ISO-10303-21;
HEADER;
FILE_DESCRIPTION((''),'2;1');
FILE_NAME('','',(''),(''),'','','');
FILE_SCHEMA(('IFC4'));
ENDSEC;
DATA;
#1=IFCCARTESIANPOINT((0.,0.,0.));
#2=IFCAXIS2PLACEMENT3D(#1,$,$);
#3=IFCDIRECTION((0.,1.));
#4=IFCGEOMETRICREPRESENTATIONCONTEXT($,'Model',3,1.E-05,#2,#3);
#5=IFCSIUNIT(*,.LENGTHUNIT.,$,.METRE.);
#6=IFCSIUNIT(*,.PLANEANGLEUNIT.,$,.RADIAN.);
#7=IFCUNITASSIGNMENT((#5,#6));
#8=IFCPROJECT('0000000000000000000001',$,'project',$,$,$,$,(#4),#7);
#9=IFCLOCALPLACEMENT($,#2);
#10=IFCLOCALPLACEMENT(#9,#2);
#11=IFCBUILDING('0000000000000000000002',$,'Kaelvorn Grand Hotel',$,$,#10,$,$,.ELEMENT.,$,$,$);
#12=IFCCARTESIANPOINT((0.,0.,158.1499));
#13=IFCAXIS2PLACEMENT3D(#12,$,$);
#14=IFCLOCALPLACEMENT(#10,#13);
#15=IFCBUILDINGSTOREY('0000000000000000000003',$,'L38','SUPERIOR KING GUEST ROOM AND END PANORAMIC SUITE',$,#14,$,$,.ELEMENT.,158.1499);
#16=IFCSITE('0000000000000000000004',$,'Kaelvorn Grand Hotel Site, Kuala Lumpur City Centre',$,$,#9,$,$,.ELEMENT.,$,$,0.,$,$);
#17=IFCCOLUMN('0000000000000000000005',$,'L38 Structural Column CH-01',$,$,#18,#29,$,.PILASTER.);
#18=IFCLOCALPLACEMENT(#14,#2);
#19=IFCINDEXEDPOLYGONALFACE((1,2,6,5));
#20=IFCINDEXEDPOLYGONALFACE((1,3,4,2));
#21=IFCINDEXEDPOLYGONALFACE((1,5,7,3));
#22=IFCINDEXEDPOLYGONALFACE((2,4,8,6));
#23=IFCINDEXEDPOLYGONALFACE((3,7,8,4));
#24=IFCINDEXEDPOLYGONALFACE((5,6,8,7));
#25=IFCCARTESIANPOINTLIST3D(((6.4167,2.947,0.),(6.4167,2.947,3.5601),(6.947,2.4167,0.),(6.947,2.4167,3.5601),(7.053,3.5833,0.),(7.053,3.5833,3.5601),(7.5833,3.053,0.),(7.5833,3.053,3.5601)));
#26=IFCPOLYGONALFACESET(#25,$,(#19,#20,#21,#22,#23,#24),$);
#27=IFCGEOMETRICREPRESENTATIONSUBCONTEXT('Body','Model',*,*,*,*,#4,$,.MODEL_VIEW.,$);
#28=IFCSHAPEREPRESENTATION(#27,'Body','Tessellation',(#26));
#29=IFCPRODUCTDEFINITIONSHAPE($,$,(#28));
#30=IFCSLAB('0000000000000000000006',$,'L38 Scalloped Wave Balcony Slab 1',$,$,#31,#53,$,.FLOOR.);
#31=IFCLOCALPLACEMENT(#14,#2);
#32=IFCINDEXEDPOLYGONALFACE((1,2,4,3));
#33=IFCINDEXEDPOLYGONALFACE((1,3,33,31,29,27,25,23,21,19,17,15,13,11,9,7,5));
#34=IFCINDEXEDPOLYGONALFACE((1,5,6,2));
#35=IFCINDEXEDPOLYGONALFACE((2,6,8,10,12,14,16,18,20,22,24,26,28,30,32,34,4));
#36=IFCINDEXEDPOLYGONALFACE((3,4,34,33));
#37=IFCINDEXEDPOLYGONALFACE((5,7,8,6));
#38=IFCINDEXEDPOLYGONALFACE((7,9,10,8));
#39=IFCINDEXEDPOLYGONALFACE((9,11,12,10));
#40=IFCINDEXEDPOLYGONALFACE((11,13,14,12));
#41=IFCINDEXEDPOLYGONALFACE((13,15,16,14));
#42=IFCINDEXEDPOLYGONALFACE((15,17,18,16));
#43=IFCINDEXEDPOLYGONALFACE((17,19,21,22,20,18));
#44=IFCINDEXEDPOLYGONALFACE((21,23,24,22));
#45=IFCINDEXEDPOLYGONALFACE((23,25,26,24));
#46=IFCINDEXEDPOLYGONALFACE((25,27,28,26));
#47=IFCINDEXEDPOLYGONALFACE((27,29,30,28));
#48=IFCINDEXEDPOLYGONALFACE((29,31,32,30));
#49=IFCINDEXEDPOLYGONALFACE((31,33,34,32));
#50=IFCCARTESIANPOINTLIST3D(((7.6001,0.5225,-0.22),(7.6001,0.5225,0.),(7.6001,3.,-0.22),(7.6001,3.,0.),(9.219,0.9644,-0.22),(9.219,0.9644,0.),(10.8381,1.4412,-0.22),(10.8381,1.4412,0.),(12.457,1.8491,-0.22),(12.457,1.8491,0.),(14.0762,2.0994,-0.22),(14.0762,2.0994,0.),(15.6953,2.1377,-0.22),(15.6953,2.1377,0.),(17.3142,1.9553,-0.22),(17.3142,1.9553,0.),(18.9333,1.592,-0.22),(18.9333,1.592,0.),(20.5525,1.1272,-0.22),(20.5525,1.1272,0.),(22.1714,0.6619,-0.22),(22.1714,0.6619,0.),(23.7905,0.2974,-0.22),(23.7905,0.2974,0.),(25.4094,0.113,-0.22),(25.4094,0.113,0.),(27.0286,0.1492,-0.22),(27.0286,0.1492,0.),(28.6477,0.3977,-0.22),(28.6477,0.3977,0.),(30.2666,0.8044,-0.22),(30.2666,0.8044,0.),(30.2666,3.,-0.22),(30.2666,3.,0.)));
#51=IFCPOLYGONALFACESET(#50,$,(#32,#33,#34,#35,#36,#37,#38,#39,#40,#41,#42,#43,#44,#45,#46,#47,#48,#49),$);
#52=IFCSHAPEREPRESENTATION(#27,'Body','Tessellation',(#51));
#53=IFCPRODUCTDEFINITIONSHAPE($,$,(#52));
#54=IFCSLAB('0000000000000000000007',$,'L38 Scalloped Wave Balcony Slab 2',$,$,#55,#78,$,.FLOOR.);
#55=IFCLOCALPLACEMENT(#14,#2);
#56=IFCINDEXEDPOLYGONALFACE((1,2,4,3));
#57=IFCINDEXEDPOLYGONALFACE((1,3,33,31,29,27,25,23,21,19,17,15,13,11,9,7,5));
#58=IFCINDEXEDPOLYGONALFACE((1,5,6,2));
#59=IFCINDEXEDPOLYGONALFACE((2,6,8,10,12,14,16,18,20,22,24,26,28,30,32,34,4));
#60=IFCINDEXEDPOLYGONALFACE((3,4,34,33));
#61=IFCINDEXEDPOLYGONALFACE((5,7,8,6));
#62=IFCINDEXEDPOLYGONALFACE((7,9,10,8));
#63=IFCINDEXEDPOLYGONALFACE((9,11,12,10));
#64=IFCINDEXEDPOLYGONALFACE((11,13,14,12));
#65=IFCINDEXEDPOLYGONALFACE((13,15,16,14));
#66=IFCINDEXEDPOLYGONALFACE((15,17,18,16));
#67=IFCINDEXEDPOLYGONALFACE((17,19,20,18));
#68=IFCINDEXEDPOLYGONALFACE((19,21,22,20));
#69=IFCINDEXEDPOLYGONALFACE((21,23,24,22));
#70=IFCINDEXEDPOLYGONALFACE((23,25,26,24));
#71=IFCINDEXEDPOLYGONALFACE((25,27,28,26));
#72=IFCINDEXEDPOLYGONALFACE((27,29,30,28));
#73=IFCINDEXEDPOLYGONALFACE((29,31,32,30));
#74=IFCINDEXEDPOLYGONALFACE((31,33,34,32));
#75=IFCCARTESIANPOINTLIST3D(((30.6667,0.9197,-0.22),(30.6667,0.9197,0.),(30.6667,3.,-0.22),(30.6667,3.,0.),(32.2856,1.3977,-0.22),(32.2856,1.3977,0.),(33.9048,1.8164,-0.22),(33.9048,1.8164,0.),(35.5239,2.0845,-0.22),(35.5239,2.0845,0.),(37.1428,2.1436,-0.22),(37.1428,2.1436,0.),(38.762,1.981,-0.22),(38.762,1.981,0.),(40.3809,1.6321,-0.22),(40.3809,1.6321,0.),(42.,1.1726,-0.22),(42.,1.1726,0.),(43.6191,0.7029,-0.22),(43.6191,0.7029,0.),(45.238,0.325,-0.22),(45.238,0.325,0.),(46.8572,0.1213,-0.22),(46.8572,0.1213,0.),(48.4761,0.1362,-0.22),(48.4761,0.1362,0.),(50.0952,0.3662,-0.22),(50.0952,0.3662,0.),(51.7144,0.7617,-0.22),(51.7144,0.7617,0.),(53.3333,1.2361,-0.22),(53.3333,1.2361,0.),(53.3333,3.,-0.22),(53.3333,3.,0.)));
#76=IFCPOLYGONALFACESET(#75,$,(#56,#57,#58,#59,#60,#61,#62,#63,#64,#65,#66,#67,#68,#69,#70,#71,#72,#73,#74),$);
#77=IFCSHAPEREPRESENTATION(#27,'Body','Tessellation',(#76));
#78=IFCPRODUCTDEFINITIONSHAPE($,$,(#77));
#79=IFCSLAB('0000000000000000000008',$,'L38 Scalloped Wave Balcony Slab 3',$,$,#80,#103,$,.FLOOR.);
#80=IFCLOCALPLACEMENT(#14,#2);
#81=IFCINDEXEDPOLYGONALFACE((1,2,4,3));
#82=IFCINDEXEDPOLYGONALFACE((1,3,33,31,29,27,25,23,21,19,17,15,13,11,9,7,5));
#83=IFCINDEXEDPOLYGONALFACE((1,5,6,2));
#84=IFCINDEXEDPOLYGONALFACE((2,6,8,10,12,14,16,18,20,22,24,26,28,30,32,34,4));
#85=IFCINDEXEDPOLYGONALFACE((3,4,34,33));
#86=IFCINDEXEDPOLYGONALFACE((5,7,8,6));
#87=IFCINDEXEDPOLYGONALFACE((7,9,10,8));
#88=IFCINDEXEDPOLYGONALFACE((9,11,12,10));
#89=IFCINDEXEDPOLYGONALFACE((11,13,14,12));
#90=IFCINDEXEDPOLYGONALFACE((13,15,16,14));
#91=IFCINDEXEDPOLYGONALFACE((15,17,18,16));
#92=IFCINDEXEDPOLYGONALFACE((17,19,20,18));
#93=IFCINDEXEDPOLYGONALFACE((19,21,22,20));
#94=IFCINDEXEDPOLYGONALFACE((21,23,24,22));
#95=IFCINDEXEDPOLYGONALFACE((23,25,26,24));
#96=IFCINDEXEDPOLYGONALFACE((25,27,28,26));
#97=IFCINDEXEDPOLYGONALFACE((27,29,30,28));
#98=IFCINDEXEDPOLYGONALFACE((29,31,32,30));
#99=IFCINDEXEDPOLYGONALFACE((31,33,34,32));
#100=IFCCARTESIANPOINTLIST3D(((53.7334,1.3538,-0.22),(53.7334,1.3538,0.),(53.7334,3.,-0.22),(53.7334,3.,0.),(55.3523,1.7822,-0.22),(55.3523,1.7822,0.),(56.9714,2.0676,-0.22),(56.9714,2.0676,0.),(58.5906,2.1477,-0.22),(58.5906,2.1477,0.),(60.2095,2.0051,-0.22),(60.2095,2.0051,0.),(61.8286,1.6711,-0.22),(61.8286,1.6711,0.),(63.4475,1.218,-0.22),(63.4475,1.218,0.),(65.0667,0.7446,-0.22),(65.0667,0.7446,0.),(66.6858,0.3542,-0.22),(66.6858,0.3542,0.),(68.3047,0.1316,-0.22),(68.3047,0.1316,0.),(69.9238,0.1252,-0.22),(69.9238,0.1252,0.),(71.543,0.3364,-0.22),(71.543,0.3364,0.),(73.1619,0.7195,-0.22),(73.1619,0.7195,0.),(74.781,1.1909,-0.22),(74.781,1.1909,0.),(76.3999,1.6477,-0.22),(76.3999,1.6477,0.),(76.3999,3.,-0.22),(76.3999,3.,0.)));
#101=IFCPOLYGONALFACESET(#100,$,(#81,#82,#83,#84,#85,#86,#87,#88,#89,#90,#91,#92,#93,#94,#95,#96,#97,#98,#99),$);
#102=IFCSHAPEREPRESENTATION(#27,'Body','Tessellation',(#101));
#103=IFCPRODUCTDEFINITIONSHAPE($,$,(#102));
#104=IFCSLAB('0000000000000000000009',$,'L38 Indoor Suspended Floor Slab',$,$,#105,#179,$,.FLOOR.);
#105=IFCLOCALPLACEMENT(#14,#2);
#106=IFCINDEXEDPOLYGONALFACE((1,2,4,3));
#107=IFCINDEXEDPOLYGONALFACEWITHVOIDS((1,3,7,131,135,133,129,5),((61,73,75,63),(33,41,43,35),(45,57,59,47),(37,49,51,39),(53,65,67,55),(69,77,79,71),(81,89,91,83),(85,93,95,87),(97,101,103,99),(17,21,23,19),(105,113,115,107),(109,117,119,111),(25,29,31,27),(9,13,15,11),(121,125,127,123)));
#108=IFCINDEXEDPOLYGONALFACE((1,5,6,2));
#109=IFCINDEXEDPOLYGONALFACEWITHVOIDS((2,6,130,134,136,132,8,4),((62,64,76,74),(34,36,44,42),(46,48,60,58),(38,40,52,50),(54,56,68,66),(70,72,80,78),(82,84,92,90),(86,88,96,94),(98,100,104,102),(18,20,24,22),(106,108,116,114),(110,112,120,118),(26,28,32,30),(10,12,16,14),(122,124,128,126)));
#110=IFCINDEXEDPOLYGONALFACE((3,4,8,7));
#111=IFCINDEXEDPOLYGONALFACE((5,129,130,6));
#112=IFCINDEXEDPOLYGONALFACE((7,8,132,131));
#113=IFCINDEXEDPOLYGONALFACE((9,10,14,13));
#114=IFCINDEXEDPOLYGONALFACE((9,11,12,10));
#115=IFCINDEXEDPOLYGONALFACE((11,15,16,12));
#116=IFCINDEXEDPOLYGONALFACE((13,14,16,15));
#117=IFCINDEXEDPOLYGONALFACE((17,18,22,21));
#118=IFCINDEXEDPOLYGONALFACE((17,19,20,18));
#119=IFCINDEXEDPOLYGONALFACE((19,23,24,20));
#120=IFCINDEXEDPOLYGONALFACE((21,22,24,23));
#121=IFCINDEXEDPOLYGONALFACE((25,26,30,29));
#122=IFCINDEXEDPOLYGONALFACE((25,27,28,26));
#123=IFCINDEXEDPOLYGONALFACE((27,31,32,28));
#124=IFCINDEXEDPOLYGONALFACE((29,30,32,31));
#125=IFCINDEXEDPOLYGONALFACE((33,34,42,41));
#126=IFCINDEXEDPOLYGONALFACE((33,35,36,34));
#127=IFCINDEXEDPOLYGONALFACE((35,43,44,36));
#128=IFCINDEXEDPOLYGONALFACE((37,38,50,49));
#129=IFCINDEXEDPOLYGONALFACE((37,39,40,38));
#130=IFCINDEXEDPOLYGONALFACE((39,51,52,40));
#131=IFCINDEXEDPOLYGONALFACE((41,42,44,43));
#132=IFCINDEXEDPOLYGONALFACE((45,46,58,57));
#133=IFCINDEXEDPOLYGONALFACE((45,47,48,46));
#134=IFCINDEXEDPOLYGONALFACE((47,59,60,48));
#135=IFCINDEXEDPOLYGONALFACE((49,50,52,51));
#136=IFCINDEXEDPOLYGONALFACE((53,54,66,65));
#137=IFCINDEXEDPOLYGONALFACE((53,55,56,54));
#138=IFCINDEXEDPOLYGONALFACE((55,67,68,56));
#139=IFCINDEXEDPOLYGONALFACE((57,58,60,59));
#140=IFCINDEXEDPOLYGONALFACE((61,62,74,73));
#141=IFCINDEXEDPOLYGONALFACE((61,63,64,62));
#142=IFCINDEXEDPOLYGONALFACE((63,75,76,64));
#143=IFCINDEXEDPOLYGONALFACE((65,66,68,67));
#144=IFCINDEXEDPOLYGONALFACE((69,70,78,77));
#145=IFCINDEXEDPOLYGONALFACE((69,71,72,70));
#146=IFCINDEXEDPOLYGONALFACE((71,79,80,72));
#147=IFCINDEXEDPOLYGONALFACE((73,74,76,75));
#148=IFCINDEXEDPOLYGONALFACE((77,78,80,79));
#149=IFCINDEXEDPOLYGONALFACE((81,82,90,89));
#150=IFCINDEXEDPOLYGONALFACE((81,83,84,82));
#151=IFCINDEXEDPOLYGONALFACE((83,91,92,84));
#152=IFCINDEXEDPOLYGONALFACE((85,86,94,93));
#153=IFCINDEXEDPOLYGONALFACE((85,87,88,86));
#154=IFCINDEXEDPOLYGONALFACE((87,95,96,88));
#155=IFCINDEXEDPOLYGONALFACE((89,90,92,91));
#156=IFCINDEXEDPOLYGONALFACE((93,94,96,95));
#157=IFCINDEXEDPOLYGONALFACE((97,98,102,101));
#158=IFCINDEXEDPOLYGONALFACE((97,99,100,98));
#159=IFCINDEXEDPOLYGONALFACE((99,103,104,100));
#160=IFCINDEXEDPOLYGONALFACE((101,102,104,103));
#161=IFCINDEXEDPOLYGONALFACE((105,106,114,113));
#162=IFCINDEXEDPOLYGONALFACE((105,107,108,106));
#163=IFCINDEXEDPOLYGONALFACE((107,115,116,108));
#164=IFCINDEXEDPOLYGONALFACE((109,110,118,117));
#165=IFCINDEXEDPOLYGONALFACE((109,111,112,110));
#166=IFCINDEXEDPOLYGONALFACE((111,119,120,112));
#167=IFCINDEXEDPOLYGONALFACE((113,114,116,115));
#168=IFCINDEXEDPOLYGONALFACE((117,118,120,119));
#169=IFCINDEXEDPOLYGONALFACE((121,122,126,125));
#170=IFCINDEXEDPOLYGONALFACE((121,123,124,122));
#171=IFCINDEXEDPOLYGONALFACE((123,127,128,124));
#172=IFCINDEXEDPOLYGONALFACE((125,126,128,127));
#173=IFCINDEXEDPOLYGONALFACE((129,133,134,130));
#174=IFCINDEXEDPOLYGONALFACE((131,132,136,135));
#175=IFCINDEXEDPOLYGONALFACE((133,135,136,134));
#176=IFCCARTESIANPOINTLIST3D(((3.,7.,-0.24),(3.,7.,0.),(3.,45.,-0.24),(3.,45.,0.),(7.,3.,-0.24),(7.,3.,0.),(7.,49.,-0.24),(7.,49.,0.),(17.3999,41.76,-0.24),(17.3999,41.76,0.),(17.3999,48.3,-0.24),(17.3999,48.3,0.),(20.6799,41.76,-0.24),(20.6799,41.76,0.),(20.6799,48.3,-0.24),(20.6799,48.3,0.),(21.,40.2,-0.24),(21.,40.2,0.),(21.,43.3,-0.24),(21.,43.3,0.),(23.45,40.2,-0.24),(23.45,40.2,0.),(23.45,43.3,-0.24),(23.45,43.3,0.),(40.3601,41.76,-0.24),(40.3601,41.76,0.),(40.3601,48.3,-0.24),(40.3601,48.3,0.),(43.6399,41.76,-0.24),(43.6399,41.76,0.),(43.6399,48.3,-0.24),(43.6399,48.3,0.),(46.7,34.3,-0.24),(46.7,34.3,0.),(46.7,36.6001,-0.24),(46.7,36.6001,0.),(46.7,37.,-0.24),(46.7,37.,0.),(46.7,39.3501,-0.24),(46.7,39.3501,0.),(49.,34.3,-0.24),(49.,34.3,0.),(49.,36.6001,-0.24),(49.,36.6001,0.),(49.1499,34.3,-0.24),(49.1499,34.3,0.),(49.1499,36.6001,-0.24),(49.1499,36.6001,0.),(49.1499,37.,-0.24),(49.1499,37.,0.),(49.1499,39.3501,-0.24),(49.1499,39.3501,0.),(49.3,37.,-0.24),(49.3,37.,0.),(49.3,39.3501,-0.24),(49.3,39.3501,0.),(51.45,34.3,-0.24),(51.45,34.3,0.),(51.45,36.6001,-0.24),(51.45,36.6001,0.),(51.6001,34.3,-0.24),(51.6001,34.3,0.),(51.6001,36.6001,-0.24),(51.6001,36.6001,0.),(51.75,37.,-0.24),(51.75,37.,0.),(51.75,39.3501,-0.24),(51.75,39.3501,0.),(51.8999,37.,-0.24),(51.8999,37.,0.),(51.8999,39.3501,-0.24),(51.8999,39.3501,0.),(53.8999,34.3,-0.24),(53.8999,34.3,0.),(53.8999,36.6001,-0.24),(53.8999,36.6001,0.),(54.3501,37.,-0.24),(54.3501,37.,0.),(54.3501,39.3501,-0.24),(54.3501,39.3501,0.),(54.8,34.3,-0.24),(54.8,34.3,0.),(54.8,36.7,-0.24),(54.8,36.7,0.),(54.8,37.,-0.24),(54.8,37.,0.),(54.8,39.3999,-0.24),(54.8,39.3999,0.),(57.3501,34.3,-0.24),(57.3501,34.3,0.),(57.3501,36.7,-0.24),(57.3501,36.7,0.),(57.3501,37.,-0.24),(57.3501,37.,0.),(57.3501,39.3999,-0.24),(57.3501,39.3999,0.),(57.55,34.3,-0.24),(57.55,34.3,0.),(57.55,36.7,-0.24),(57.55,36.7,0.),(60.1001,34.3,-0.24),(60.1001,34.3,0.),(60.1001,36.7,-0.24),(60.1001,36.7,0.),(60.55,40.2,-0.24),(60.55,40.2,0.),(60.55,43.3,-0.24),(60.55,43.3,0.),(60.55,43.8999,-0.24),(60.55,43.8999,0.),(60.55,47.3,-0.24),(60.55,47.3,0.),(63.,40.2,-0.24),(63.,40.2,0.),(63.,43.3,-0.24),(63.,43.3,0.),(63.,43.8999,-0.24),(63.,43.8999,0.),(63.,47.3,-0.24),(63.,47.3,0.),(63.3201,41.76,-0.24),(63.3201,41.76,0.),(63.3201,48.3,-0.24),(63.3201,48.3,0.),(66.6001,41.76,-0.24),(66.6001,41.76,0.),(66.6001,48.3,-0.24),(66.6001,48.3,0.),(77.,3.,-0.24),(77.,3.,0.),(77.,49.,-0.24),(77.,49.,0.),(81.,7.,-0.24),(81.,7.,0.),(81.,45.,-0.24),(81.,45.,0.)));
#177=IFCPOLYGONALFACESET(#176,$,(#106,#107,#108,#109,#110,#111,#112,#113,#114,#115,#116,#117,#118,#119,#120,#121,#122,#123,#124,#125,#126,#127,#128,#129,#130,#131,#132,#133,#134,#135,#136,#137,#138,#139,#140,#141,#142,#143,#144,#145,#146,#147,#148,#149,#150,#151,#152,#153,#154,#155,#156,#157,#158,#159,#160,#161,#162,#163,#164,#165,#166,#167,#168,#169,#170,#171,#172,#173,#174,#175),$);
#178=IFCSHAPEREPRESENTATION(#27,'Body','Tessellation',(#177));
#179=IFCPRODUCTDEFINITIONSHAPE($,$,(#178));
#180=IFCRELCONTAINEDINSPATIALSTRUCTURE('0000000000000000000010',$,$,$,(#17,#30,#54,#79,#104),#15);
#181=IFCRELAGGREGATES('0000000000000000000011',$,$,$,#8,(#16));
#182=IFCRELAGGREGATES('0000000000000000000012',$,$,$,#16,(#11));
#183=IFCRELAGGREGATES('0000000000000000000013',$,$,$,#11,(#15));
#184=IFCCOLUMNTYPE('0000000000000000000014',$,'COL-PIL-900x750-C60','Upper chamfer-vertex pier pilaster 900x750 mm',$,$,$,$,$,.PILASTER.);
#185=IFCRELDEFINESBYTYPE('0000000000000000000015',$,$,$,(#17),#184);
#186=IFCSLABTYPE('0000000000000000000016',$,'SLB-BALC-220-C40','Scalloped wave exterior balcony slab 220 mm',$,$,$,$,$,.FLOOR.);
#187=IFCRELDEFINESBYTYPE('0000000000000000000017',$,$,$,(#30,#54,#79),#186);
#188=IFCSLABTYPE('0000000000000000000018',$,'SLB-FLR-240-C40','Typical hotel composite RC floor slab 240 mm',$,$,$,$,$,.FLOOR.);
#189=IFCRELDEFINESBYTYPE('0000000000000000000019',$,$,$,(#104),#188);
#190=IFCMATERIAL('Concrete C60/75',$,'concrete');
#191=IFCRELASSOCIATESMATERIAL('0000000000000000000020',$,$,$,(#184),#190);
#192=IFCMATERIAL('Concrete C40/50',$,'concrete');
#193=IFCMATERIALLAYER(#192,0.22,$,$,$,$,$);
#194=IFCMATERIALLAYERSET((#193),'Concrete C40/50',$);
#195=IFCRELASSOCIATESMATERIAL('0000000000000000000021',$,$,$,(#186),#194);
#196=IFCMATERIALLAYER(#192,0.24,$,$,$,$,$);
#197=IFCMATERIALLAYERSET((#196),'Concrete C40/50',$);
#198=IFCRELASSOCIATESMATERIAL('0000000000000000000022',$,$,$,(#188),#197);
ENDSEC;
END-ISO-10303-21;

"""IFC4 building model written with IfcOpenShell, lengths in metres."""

from ifc_helpers import new_model, si_unit, direction, frame, origin, origin_2d, place, context, subcontext, project, spatial, polyline, rectangle, outline, extrude, material, layer, layer_set, material_profile, profile_set, type_object, element, save


model = new_model("IFC4")

# Units and contexts
model_context = context("Model", 3, precision=1e-05, world=origin(), true_north=direction((0.0, 1.0)))
body_context = subcontext(model_context, "Body", "Model", "MODEL_VIEW")
ifc_project = project(units=[si_unit("LENGTHUNIT", "METRE"), si_unit("PLANEANGLEUNIT", "RADIAN")], contexts=[model_context])

# Site, building, storey
site_placement = place(None, origin())
site = spatial("IfcSite", under=ifc_project, at=site_placement, Name="Kaelvorn Grand Hotel Site, Kuala Lumpur City Centre", CompositionType="ELEMENT", RefElevation=0.0)
building_placement = place(site_placement, origin())
building = spatial("IfcBuilding", under=site, at=building_placement, Name="Kaelvorn Grand Hotel", CompositionType="ELEMENT")
storey_placement = place(building_placement, frame((0.0, 0.0, 158.1499)))
storey = spatial("IfcBuildingStorey", under=building, at=storey_placement, Name="L38", Description="SUPERIOR KING GUEST ROOM AND END PANORAMIC SUITE", CompositionType="ELEMENT", Elevation=158.1499)

# Column
ifc_material_1 = material(Name="Concrete C60/75", Category="concrete")
ifc_material_profile = material_profile(ifc_material_1, rectangle(XDim=0.8999, YDim=0.75, at=origin_2d()), Name="RC PILASTER 900x750")
ifc_profile_set = profile_set([ifc_material_profile], Name="Concrete C60/75")
column_type = type_object("IfcColumnType", Name="COL-PIL-900x750-C60", Description="Upper chamfer-vertex pier pilaster 900x750 mm", PredefinedType="PILASTER", material=ifc_profile_set)
column_placement = place(storey_placement, frame((7.0, 3.0, 0.0), z_axis=(0.0, 0.0, 1.0), x_axis=(0.707107, 0.707107, 0.0)))
element("IfcColumn", 1, at=column_placement, inside=storey, type_object=column_type, Name="L38 Structural Column CH-01", PredefinedType="PILASTER", context=body_context, shape_type="SweptSolid", body=[
    extrude(rectangle(XDim=0.8999, YDim=0.75, at=origin_2d()), origin(), (0.0, 0.0, 1.0), 3.5601),
])

# Slabs
ifc_material_2 = material(Name="Concrete C40/50", Category="concrete")
ifc_layer_1 = layer(ifc_material_2, 0.22)
ifc_layer_set_1 = layer_set([ifc_layer_1], Name="Concrete C40/50")
slab_type_1 = type_object("IfcSlabType", Name="SLB-BALC-220-C40", Description="Scalloped wave exterior balcony slab 220 mm", PredefinedType="FLOOR", material=ifc_layer_set_1)
slab_1_placement = place(storey_placement, frame((0.0, 0.0, -0.22)))
element("IfcSlab", 2, at=slab_1_placement, inside=storey, type_object=slab_type_1, Name="L38 Scalloped Wave Balcony Slab 1", PredefinedType="FLOOR", context=body_context, shape_type="SweptSolid", body=[
    extrude(outline(polyline([(7.6001, 0.5225), (9.219, 0.9644), (10.8381, 1.4412), (12.457, 1.8491), (14.0762, 2.0994), (15.6953, 2.1377), (17.3142, 1.9553), (18.9333, 1.592), (20.5525, 1.1272), (22.1714, 0.6619), (23.7905, 0.2974), (25.4094, 0.113), (27.0286, 0.1492), (28.6477, 0.3977), (30.2666, 0.8044), (30.2666, 3.0), (7.6001, 3.0), (7.6001, 0.5225)])), origin(), (0.0, 0.0, 1.0), 0.22),
])
slab_2_placement = place(storey_placement, frame((0.0, 0.0, -0.22)))
element("IfcSlab", 3, at=slab_2_placement, inside=storey, type_object=slab_type_1, Name="L38 Scalloped Wave Balcony Slab 2", PredefinedType="FLOOR", context=body_context, shape_type="SweptSolid", body=[
    extrude(outline(polyline([(30.6667, 0.9197), (32.2856, 1.3977), (33.9048, 1.8164), (35.5239, 2.0845), (37.1428, 2.1436), (38.762, 1.981), (40.3809, 1.6321), (42.0, 1.1726), (43.6191, 0.7029), (45.238, 0.325), (46.8572, 0.1213), (48.4761, 0.1362), (50.0952, 0.3662), (51.7144, 0.7617), (53.3333, 1.2361), (53.3333, 3.0), (30.6667, 3.0), (30.6667, 0.9197)])), origin(), (0.0, 0.0, 1.0), 0.22),
])
slab_3_placement = place(storey_placement, frame((0.0, 0.0, -0.22)))
element("IfcSlab", 4, at=slab_3_placement, inside=storey, type_object=slab_type_1, Name="L38 Scalloped Wave Balcony Slab 3", PredefinedType="FLOOR", context=body_context, shape_type="SweptSolid", body=[
    extrude(outline(polyline([(53.7334, 1.3538), (55.3523, 1.7822), (56.9714, 2.0676), (58.5906, 2.1477), (60.2095, 2.0051), (61.8286, 1.6711), (63.4475, 1.218), (65.0667, 0.7446), (66.6858, 0.3542), (68.3047, 0.1316), (69.9238, 0.1252), (71.543, 0.3364), (73.1619, 0.7195), (74.781, 1.1909), (76.3999, 1.6477), (76.3999, 3.0), (53.7334, 3.0), (53.7334, 1.3538)])), origin(), (0.0, 0.0, 1.0), 0.22),
])
ifc_layer_2 = layer(ifc_material_2, 0.24)
ifc_layer_set_2 = layer_set([ifc_layer_2], Name="Concrete C40/50")
slab_type_2 = type_object("IfcSlabType", Name="SLB-FLR-240-C40", Description="Typical hotel composite RC floor slab 240 mm", PredefinedType="FLOOR", material=ifc_layer_set_2)
slab_4_placement = place(storey_placement, frame((0.0, 0.0, -0.24)))
element("IfcSlab", 5, at=slab_4_placement, inside=storey, type_object=slab_type_2, Name="L38 Indoor Suspended Floor Slab", PredefinedType="FLOOR", context=body_context, shape_type="SweptSolid", body=[
    extrude(outline(polyline([(7.0, 3.0), (77.0, 3.0), (81.0, 7.0), (81.0, 45.0), (77.0, 49.0), (7.0, 49.0), (3.0, 45.0), (3.0, 7.0), (7.0, 3.0)]), holes=[polyline([(17.3999, 41.76), (17.3999, 48.3), (20.6799, 48.3), (20.6799, 41.76), (17.3999, 41.76)]), polyline([(40.3601, 41.76), (40.3601, 48.3), (43.6399, 48.3), (43.6399, 41.76), (40.3601, 41.76)]), polyline([(63.3201, 41.76), (63.3201, 48.3), (66.6001, 48.3), (66.6001, 41.76), (63.3201, 41.76)]), polyline([(46.7, 34.3), (46.7, 36.6001), (49.0, 36.6001), (49.0, 34.3), (46.7, 34.3)]), polyline([(49.1499, 34.3), (49.1499, 36.6001), (51.45, 36.6001), (51.45, 34.3), (49.1499, 34.3)]), polyline([(51.6001, 34.3), (51.6001, 36.6001), (53.8999, 36.6001), (53.8999, 34.3), (51.6001, 34.3)]), polyline([(46.7, 37.0), (46.7, 39.3501), (49.1499, 39.3501), (49.1499, 37.0), (46.7, 37.0)]), polyline([(49.3, 37.0), (49.3, 39.3501), (51.75, 39.3501), (51.75, 37.0), (49.3, 37.0)]), polyline([(51.8999, 37.0), (51.8999, 39.3501), (54.3501, 39.3501), (54.3501, 37.0), (51.8999, 37.0)]), polyline([(54.8, 34.3), (54.8, 36.7), (57.3501, 36.7), (57.3501, 34.3), (54.8, 34.3)]), polyline([(57.55, 34.3), (57.55, 36.7), (60.1001, 36.7), (60.1001, 34.3), (57.55, 34.3)]), polyline([(54.8, 37.0), (54.8, 39.3999), (57.3501, 39.3999), (57.3501, 37.0), (54.8, 37.0)]), polyline([(21.0, 40.2), (21.0, 43.3), (23.45, 43.3), (23.45, 40.2), (21.0, 40.2)]), polyline([(60.55, 40.2), (60.55, 43.3), (63.0, 43.3), (63.0, 40.2), (60.55, 40.2)]), polyline([(60.55, 43.8999), (60.55, 47.3), (63.0, 47.3), (63.0, 43.8999), (60.55, 43.8999)])]), origin(), (0.0, 0.0, 1.0), 0.24),
])

save(model, "model.ifc")
